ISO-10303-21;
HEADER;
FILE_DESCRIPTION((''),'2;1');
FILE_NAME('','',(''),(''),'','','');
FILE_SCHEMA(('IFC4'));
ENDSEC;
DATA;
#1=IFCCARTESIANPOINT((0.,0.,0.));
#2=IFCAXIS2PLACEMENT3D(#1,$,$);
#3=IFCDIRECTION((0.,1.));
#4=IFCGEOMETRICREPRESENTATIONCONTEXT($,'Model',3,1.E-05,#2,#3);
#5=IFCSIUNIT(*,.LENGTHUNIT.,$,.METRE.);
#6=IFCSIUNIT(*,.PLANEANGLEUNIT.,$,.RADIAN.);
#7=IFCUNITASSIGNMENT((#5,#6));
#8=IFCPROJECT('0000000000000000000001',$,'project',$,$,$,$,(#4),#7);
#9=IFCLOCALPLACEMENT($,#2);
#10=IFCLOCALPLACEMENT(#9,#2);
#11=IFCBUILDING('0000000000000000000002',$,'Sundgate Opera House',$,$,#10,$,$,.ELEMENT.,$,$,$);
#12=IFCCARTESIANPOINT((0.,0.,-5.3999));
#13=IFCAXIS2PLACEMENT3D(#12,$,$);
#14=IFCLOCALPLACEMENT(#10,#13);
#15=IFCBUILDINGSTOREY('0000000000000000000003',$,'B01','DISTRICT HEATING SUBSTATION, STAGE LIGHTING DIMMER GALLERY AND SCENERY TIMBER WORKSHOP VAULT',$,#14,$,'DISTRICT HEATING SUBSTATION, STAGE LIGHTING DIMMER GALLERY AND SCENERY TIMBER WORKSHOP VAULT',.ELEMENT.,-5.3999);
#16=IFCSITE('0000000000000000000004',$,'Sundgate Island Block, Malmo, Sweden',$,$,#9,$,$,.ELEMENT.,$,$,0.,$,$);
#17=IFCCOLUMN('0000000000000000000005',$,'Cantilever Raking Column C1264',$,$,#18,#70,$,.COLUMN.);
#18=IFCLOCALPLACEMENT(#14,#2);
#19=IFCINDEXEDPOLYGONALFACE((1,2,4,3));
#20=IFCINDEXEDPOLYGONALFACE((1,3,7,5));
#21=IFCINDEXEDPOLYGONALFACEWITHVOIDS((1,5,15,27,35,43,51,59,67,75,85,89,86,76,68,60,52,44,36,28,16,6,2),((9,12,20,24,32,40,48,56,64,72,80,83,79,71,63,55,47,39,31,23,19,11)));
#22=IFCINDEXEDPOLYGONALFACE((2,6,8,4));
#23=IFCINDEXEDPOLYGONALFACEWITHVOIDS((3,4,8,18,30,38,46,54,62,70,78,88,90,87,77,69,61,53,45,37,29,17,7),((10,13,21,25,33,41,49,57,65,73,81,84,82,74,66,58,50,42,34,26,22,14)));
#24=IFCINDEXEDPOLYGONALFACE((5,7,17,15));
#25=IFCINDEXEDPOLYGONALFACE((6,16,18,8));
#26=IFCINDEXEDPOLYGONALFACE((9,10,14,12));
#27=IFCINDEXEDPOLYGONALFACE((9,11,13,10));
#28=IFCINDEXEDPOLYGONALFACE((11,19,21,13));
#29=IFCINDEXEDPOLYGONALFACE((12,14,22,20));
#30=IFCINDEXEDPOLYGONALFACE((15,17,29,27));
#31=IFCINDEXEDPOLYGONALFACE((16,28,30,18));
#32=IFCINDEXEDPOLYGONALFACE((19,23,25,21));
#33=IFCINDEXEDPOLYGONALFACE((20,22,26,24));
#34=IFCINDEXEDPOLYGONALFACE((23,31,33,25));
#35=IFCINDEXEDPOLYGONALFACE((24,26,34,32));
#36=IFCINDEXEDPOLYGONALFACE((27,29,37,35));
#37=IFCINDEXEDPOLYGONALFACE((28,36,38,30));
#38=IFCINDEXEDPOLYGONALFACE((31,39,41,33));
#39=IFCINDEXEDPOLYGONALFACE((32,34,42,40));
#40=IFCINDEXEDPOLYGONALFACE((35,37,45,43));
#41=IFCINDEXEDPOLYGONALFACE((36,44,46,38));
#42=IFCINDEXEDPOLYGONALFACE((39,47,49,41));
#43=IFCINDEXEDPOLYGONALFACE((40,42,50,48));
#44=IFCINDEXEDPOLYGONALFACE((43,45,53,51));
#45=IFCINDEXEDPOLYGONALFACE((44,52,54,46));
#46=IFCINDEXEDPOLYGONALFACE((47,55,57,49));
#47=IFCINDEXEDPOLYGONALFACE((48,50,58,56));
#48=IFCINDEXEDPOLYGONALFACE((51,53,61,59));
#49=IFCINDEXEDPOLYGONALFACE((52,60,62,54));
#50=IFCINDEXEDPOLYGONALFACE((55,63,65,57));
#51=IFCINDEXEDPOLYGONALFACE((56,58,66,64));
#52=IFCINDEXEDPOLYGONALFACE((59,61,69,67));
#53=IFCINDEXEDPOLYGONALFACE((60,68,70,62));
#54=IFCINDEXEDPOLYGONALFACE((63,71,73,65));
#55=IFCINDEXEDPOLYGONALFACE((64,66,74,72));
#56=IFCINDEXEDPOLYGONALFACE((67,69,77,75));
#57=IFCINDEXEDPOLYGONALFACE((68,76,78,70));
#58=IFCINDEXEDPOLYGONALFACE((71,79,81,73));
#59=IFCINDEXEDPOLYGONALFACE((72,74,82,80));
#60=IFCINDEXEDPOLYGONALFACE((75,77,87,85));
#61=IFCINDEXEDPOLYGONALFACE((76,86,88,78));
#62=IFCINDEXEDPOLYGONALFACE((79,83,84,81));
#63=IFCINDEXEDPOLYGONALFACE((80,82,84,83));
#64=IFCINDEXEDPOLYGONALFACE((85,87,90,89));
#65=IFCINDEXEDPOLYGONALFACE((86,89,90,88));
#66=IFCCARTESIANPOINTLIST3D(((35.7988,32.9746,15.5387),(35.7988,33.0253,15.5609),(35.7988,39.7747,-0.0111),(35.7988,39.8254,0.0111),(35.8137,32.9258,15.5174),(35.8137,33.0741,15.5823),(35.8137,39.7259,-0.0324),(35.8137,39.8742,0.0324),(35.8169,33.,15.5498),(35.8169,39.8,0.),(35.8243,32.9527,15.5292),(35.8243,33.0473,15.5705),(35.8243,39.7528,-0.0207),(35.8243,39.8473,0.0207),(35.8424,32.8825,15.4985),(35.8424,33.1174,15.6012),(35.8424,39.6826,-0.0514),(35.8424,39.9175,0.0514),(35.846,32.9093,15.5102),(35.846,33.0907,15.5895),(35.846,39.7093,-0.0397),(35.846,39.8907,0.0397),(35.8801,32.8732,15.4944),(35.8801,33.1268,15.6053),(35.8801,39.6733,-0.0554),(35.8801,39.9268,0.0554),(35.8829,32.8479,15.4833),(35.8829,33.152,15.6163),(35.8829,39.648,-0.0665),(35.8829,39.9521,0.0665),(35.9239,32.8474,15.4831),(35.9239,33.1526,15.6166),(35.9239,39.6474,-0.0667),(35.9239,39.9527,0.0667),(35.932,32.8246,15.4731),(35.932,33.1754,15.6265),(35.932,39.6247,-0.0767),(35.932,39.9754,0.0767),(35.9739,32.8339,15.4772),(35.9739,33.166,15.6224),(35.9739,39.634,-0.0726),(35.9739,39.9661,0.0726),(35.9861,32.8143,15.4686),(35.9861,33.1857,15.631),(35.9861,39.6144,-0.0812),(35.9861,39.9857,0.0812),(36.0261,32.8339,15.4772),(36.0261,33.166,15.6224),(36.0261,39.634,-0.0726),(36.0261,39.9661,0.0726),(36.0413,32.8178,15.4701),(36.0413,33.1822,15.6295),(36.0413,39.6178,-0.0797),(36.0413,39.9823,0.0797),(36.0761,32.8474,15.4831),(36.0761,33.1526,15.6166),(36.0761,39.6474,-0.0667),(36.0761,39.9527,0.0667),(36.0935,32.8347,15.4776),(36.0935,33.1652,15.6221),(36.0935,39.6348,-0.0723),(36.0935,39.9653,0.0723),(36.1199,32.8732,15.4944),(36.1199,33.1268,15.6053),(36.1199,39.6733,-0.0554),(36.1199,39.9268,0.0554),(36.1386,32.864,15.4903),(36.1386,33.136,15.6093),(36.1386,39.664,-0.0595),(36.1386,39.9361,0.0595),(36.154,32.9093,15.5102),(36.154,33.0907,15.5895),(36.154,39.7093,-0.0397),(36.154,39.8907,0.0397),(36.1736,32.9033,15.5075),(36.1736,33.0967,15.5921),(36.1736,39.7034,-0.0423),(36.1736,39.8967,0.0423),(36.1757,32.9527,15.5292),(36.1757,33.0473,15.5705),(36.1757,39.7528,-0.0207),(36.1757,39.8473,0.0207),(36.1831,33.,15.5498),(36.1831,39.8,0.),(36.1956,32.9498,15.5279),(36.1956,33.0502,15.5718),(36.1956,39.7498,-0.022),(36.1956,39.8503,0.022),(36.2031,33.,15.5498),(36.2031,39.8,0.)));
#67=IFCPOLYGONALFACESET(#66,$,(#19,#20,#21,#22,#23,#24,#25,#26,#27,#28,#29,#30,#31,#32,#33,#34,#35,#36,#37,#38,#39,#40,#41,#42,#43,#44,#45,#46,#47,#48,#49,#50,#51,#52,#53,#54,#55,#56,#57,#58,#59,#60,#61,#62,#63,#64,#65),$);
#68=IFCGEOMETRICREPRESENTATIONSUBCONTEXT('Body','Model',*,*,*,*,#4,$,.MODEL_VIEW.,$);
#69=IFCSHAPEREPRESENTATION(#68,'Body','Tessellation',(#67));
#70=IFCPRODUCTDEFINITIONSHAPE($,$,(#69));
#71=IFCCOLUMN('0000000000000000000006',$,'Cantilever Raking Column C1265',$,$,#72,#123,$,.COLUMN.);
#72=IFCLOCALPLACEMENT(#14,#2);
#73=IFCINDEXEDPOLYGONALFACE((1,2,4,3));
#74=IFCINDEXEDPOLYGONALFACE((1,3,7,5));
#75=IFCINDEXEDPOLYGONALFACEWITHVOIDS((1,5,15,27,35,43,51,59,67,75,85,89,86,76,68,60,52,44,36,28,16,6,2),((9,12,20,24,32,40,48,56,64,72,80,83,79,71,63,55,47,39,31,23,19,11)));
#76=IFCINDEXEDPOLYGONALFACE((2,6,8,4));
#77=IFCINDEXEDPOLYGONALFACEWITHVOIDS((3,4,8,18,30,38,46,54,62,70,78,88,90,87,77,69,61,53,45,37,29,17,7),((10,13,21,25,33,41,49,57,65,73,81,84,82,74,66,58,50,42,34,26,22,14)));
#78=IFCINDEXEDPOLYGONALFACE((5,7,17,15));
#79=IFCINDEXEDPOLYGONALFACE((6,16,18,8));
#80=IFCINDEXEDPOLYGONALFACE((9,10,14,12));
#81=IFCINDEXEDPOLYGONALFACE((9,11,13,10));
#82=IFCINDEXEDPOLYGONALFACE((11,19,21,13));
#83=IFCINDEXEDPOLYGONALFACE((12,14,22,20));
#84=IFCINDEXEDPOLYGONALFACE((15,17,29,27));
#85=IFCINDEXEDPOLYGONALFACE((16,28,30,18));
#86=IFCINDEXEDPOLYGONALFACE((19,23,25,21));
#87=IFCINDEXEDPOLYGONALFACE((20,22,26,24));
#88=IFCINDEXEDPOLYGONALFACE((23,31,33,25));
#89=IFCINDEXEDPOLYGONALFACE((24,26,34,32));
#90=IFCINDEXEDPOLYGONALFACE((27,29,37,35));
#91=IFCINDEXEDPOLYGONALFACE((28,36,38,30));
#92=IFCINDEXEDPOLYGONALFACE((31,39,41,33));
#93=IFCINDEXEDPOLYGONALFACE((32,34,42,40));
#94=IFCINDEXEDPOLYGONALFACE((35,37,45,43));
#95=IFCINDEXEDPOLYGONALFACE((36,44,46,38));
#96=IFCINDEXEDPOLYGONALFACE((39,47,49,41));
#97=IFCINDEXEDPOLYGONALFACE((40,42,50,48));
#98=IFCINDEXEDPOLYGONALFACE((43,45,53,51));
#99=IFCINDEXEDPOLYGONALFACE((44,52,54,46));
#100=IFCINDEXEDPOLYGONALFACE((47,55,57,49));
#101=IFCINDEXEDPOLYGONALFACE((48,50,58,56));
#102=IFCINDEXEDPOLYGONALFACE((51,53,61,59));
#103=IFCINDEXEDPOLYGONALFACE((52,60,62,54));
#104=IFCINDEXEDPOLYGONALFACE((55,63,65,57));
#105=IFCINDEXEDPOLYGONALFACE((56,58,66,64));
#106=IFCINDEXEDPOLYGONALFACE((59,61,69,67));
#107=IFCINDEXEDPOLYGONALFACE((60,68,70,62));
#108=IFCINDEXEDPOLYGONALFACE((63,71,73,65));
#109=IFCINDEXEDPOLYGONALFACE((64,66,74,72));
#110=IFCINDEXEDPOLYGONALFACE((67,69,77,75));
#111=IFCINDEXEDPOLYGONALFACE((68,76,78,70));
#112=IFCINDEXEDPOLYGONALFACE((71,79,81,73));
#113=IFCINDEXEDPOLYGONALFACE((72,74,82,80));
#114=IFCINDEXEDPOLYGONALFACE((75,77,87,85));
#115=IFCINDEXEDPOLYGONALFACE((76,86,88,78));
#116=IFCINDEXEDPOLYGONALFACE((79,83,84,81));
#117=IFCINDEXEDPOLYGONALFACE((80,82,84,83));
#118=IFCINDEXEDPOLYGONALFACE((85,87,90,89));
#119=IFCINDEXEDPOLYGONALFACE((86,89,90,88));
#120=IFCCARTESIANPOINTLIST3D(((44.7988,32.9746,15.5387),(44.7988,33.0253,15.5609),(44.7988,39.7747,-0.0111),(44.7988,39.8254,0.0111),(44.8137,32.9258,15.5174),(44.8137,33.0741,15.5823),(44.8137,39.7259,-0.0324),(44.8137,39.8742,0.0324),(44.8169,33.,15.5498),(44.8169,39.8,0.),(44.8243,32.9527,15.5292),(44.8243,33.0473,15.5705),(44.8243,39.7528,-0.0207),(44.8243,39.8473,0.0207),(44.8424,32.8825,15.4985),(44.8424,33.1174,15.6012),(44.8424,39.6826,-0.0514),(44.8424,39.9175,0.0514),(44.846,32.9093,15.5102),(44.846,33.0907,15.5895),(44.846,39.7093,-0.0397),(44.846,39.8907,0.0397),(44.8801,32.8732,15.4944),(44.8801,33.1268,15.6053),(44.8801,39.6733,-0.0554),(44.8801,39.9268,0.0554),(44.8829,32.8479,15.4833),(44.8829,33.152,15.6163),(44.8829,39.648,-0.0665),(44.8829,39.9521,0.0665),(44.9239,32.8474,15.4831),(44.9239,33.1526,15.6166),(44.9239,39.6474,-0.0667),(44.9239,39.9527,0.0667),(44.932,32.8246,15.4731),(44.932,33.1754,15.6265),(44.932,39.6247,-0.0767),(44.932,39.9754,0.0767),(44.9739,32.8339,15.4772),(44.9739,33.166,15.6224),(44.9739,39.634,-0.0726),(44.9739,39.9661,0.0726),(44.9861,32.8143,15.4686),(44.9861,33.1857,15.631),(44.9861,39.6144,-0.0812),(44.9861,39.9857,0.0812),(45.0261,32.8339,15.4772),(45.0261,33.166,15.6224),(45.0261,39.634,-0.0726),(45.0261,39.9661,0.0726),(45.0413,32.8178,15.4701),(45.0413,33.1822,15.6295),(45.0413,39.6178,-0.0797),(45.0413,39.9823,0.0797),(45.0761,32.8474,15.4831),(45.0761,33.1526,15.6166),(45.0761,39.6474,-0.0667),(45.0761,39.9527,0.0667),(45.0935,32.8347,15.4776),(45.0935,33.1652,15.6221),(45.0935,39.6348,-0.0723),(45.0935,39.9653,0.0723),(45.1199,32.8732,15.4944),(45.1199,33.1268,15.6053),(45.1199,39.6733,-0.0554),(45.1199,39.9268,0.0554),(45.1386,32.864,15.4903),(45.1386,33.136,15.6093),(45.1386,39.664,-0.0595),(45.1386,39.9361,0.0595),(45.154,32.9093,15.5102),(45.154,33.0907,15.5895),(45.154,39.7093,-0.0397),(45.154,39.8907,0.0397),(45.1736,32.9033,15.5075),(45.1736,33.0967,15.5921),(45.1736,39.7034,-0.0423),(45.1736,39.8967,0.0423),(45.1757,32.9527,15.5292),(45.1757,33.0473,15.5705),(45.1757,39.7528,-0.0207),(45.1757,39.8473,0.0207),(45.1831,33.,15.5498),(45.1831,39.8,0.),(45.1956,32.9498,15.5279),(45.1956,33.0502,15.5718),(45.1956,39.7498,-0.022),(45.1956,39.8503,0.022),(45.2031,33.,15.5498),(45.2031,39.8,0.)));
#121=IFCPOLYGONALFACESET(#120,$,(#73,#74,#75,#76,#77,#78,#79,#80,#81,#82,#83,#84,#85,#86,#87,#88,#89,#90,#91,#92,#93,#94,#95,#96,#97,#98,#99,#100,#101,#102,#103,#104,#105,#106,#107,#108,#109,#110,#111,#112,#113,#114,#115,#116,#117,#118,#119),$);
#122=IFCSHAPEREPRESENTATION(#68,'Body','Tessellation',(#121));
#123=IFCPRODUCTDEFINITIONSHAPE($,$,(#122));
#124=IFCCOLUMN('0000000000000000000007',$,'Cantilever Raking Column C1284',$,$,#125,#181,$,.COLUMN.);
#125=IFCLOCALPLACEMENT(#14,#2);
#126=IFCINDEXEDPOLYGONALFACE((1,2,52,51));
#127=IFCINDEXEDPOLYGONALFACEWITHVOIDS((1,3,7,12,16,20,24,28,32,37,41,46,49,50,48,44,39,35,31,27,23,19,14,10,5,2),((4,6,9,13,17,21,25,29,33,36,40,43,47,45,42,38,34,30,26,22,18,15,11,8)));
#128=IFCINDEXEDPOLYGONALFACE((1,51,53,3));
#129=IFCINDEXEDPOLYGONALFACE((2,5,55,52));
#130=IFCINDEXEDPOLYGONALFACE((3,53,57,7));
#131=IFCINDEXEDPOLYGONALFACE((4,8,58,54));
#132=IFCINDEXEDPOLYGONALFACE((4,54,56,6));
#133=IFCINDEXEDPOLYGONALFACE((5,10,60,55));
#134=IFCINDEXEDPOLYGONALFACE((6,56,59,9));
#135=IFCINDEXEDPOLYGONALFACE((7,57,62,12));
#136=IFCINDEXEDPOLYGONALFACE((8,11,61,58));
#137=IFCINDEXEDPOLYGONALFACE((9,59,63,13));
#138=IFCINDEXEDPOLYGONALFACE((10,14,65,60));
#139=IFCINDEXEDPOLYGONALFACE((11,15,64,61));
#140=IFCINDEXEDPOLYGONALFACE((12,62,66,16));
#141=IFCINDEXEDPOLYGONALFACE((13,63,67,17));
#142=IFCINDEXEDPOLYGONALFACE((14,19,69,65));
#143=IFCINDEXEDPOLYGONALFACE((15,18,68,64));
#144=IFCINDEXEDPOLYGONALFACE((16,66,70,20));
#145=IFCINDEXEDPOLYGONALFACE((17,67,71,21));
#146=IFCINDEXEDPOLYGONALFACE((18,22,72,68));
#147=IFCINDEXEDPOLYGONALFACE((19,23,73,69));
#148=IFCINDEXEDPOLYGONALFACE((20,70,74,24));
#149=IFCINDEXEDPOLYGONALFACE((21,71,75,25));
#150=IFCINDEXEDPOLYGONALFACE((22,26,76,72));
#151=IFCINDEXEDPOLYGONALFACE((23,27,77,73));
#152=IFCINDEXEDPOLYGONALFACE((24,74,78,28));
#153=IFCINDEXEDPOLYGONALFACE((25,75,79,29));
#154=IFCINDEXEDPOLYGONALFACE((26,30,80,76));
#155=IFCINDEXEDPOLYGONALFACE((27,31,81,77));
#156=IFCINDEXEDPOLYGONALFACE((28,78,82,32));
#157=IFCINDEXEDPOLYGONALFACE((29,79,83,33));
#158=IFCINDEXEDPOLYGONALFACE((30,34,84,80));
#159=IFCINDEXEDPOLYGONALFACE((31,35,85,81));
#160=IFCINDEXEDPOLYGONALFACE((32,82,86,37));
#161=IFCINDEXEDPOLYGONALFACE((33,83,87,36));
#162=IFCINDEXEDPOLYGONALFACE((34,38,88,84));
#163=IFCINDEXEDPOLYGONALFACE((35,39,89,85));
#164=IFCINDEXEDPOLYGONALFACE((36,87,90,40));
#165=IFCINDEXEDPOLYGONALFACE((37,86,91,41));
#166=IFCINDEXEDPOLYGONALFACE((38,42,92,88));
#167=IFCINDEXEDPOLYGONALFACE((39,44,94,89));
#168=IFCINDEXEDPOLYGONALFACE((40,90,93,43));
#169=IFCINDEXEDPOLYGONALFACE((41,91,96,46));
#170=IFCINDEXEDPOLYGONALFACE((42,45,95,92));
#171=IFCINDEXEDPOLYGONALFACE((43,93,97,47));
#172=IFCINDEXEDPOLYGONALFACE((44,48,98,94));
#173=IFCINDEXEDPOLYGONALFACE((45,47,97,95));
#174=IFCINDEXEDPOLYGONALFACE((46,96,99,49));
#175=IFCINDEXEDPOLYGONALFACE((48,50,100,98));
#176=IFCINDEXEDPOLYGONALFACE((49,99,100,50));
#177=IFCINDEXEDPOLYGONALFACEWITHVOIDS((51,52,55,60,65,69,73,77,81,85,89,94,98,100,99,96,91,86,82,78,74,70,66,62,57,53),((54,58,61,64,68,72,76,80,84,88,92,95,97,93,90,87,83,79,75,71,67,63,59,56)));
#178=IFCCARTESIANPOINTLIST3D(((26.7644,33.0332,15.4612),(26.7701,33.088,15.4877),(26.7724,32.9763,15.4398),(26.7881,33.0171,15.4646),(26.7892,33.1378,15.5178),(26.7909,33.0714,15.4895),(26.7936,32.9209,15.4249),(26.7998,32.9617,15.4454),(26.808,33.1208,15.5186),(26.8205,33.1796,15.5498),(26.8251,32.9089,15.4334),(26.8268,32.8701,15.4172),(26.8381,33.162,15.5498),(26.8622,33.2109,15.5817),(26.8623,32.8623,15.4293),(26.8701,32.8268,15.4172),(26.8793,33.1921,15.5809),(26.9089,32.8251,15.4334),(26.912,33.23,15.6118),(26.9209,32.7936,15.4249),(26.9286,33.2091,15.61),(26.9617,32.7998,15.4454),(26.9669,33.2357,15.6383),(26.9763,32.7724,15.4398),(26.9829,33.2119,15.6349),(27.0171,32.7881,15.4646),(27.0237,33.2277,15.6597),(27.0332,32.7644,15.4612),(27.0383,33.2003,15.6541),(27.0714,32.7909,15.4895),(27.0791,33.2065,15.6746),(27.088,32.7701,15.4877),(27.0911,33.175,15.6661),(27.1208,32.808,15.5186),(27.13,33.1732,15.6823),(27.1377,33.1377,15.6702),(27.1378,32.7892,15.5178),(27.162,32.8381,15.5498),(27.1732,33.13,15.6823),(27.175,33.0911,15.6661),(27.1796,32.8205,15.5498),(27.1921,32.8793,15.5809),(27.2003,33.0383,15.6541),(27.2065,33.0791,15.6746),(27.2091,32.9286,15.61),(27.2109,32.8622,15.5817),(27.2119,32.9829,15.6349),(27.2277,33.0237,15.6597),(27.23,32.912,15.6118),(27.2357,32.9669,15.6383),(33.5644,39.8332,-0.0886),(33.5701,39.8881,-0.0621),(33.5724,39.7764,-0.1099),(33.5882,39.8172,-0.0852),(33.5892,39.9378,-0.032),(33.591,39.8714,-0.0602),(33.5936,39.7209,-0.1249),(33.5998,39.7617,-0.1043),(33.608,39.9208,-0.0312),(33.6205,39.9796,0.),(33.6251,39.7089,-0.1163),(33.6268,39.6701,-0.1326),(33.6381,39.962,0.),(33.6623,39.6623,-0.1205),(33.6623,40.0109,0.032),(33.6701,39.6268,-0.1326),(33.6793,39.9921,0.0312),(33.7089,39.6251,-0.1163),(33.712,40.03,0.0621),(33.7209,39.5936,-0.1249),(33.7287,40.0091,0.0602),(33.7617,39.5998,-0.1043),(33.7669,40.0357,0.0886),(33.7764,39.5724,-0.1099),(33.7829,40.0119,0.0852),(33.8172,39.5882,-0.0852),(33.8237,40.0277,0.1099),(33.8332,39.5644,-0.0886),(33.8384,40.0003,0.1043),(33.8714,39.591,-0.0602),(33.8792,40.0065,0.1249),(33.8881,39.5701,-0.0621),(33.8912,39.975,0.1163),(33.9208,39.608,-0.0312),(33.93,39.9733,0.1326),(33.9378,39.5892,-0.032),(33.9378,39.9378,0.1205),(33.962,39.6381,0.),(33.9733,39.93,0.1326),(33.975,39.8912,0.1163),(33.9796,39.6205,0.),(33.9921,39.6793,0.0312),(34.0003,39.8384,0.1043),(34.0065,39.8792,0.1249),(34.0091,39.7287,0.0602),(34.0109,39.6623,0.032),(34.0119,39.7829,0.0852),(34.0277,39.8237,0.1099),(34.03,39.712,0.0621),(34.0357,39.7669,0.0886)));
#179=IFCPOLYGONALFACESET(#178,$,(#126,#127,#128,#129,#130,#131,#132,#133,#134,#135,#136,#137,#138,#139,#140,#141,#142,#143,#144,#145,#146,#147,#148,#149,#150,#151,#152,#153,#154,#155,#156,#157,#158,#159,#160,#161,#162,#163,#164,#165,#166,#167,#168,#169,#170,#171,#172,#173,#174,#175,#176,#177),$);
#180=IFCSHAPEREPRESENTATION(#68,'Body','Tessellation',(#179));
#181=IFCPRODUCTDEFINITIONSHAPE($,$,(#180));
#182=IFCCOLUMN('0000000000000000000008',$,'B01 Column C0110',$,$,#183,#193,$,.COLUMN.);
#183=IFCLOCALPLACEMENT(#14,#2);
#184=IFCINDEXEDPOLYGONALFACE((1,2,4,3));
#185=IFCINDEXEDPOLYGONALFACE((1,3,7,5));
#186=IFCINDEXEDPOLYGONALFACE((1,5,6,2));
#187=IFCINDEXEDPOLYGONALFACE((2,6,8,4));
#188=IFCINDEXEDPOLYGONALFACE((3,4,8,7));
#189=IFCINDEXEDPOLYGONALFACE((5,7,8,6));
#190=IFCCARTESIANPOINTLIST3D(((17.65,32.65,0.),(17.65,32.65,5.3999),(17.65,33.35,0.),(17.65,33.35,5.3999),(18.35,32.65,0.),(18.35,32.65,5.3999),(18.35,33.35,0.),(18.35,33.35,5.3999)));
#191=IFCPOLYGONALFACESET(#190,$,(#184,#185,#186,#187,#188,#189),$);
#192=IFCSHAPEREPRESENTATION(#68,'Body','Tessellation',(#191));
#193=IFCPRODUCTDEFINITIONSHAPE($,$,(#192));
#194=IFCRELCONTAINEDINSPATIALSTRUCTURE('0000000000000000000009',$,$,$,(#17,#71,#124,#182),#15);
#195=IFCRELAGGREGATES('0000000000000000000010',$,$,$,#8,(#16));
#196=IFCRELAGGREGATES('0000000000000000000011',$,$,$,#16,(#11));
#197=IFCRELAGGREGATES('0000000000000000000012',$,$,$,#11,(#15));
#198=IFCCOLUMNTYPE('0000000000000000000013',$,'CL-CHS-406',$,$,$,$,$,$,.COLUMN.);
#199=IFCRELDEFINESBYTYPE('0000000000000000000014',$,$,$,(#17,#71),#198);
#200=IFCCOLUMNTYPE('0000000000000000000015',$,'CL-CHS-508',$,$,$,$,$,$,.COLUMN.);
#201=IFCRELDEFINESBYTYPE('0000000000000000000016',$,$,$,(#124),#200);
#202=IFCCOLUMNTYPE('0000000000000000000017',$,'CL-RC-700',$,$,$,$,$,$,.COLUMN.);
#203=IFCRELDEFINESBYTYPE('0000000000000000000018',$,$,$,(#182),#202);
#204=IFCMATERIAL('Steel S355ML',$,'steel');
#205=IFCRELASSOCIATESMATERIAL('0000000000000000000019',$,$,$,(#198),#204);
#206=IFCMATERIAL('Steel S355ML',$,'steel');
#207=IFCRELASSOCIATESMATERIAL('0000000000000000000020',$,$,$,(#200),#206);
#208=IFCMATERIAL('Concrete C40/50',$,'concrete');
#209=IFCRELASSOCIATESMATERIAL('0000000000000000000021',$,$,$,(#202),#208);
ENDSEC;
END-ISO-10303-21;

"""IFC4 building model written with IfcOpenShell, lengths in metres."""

from ifc_helpers import new_model, si_unit, direction, frame, origin, origin_2d, place, context, subcontext, project, spatial, rectangle, hollow_circle, extrude, material, material_profile, profile_set, type_object, element, save


model = new_model("IFC4")

# Units and contexts
model_context = context("Model", 3, precision=1e-05, world=origin(), true_north=direction((0.0, 1.0)))
body_context = subcontext(model_context, "Body", "Model", "MODEL_VIEW")
ifc_project = project(units=[si_unit("LENGTHUNIT", "METRE"), si_unit("PLANEANGLEUNIT", "RADIAN")], contexts=[model_context])

# Site, building, storey
site_placement = place(None, origin())
site = spatial("IfcSite", under=ifc_project, at=site_placement, Name="Sundgate Island Block, Malmo, Sweden", CompositionType="ELEMENT", RefElevation=0.0)
building_placement = place(site_placement, origin())
building = spatial("IfcBuilding", under=site, at=building_placement, Name="Sundgate Opera House", CompositionType="ELEMENT")
storey_placement = place(building_placement, frame((0.0, 0.0, -5.3999)))
storey = spatial("IfcBuildingStorey", under=building, at=storey_placement, Name="B01", Description="DISTRICT HEATING SUBSTATION, STAGE LIGHTING DIMMER GALLERY AND SCENERY TIMBER WORKSHOP VAULT", LongName="DISTRICT HEATING SUBSTATION, STAGE LIGHTING DIMMER GALLERY AND SCENERY TIMBER WORKSHOP VAULT", CompositionType="ELEMENT", Elevation=-5.3999)

# Columns
ifc_material_1 = material(Name="Steel S355ML", Category="steel")
ifc_material_profile_1 = material_profile(ifc_material_1, hollow_circle(Radius=0.2031, WallThickness=0.02, at=origin_2d()), Name="CHS 406.4x20.0")
ifc_profile_set_1 = profile_set([ifc_material_profile_1], Name="Steel S355ML")
column_type_1 = type_object("IfcColumnType", Name="CL-CHS-406", PredefinedType="COLUMN", material=ifc_profile_set_1)
for number, where, z_axis, x_axis, name in (
    (1, (36.0, 39.8, 0.0), (0.0, -0.400671, 0.916222), (1.0, 0.0, 0.0), "Cantilever Raking Column C1264"),
    (2, (45.0, 39.8, 0.0), (0.0, -0.400671, 0.916222), (1.0, 0.0, 0.0), "Cantilever Raking Column C1265"),
):
    element("IfcColumn", number, at=place(storey_placement, frame(where, z_axis=z_axis, x_axis=x_axis)), inside=storey, type_object=column_type_1, Name=name, PredefinedType="COLUMN", context=body_context, shape_type="SweptSolid", body=[
        extrude(hollow_circle(Radius=0.2031, WallThickness=0.02, at=origin_2d()), origin(), (0.0, 0.0, 1.0), 16.9717),
    ])
ifc_material_2 = material(Name="Steel S355ML", Category="steel")
ifc_material_profile_2 = material_profile(ifc_material_2, hollow_circle(Radius=0.2539, WallThickness=0.0249, at=origin_2d()), Name="CHS 508x25.0")
ifc_profile_set_2 = profile_set([ifc_material_profile_2], Name="Steel S355ML")
column_type_2 = type_object("IfcColumnType", Name="CL-CHS-508", PredefinedType="COLUMN", material=ifc_profile_set_2)
column_1_placement = place(storey_placement, frame((33.8, 39.8, 0.0), z_axis=(-0.371928, -0.371928, 0.850494), x_axis=(0.707107, -0.707107, 0.0)))
element("IfcColumn", 3, at=column_1_placement, inside=storey, type_object=column_type_2, Name="Cantilever Raking Column C1284", PredefinedType="COLUMN", context=body_context, shape_type="SweptSolid", body=[
    extrude(hollow_circle(Radius=0.2539, WallThickness=0.0249, at=origin_2d()), origin(), (0.0, 0.0, 1.0), 18.2832),
])
ifc_material_3 = material(Name="Concrete C40/50", Category="concrete")
ifc_material_profile_3 = material_profile(ifc_material_3, rectangle(XDim=0.7, YDim=0.7, at=origin_2d()), Name="RC 700x700")
ifc_profile_set_3 = profile_set([ifc_material_profile_3], Name="Concrete C40/50")
column_type_3 = type_object("IfcColumnType", Name="CL-RC-700", PredefinedType="COLUMN", material=ifc_profile_set_3)
column_2_placement = place(storey_placement, frame((18.0, 33.0, 0.0), z_axis=(0.0, 0.0, 1.0), x_axis=(1.0, 0.0, 0.0)))
element("IfcColumn", 4, at=column_2_placement, inside=storey, type_object=column_type_3, Name="B01 Column C0110", PredefinedType="COLUMN", context=body_context, shape_type="SweptSolid", body=[
    extrude(rectangle(XDim=0.7, YDim=0.7, at=origin_2d()), origin(), (0.0, 0.0, 1.0), 5.3999),
])

save(model, "model.ifc")
